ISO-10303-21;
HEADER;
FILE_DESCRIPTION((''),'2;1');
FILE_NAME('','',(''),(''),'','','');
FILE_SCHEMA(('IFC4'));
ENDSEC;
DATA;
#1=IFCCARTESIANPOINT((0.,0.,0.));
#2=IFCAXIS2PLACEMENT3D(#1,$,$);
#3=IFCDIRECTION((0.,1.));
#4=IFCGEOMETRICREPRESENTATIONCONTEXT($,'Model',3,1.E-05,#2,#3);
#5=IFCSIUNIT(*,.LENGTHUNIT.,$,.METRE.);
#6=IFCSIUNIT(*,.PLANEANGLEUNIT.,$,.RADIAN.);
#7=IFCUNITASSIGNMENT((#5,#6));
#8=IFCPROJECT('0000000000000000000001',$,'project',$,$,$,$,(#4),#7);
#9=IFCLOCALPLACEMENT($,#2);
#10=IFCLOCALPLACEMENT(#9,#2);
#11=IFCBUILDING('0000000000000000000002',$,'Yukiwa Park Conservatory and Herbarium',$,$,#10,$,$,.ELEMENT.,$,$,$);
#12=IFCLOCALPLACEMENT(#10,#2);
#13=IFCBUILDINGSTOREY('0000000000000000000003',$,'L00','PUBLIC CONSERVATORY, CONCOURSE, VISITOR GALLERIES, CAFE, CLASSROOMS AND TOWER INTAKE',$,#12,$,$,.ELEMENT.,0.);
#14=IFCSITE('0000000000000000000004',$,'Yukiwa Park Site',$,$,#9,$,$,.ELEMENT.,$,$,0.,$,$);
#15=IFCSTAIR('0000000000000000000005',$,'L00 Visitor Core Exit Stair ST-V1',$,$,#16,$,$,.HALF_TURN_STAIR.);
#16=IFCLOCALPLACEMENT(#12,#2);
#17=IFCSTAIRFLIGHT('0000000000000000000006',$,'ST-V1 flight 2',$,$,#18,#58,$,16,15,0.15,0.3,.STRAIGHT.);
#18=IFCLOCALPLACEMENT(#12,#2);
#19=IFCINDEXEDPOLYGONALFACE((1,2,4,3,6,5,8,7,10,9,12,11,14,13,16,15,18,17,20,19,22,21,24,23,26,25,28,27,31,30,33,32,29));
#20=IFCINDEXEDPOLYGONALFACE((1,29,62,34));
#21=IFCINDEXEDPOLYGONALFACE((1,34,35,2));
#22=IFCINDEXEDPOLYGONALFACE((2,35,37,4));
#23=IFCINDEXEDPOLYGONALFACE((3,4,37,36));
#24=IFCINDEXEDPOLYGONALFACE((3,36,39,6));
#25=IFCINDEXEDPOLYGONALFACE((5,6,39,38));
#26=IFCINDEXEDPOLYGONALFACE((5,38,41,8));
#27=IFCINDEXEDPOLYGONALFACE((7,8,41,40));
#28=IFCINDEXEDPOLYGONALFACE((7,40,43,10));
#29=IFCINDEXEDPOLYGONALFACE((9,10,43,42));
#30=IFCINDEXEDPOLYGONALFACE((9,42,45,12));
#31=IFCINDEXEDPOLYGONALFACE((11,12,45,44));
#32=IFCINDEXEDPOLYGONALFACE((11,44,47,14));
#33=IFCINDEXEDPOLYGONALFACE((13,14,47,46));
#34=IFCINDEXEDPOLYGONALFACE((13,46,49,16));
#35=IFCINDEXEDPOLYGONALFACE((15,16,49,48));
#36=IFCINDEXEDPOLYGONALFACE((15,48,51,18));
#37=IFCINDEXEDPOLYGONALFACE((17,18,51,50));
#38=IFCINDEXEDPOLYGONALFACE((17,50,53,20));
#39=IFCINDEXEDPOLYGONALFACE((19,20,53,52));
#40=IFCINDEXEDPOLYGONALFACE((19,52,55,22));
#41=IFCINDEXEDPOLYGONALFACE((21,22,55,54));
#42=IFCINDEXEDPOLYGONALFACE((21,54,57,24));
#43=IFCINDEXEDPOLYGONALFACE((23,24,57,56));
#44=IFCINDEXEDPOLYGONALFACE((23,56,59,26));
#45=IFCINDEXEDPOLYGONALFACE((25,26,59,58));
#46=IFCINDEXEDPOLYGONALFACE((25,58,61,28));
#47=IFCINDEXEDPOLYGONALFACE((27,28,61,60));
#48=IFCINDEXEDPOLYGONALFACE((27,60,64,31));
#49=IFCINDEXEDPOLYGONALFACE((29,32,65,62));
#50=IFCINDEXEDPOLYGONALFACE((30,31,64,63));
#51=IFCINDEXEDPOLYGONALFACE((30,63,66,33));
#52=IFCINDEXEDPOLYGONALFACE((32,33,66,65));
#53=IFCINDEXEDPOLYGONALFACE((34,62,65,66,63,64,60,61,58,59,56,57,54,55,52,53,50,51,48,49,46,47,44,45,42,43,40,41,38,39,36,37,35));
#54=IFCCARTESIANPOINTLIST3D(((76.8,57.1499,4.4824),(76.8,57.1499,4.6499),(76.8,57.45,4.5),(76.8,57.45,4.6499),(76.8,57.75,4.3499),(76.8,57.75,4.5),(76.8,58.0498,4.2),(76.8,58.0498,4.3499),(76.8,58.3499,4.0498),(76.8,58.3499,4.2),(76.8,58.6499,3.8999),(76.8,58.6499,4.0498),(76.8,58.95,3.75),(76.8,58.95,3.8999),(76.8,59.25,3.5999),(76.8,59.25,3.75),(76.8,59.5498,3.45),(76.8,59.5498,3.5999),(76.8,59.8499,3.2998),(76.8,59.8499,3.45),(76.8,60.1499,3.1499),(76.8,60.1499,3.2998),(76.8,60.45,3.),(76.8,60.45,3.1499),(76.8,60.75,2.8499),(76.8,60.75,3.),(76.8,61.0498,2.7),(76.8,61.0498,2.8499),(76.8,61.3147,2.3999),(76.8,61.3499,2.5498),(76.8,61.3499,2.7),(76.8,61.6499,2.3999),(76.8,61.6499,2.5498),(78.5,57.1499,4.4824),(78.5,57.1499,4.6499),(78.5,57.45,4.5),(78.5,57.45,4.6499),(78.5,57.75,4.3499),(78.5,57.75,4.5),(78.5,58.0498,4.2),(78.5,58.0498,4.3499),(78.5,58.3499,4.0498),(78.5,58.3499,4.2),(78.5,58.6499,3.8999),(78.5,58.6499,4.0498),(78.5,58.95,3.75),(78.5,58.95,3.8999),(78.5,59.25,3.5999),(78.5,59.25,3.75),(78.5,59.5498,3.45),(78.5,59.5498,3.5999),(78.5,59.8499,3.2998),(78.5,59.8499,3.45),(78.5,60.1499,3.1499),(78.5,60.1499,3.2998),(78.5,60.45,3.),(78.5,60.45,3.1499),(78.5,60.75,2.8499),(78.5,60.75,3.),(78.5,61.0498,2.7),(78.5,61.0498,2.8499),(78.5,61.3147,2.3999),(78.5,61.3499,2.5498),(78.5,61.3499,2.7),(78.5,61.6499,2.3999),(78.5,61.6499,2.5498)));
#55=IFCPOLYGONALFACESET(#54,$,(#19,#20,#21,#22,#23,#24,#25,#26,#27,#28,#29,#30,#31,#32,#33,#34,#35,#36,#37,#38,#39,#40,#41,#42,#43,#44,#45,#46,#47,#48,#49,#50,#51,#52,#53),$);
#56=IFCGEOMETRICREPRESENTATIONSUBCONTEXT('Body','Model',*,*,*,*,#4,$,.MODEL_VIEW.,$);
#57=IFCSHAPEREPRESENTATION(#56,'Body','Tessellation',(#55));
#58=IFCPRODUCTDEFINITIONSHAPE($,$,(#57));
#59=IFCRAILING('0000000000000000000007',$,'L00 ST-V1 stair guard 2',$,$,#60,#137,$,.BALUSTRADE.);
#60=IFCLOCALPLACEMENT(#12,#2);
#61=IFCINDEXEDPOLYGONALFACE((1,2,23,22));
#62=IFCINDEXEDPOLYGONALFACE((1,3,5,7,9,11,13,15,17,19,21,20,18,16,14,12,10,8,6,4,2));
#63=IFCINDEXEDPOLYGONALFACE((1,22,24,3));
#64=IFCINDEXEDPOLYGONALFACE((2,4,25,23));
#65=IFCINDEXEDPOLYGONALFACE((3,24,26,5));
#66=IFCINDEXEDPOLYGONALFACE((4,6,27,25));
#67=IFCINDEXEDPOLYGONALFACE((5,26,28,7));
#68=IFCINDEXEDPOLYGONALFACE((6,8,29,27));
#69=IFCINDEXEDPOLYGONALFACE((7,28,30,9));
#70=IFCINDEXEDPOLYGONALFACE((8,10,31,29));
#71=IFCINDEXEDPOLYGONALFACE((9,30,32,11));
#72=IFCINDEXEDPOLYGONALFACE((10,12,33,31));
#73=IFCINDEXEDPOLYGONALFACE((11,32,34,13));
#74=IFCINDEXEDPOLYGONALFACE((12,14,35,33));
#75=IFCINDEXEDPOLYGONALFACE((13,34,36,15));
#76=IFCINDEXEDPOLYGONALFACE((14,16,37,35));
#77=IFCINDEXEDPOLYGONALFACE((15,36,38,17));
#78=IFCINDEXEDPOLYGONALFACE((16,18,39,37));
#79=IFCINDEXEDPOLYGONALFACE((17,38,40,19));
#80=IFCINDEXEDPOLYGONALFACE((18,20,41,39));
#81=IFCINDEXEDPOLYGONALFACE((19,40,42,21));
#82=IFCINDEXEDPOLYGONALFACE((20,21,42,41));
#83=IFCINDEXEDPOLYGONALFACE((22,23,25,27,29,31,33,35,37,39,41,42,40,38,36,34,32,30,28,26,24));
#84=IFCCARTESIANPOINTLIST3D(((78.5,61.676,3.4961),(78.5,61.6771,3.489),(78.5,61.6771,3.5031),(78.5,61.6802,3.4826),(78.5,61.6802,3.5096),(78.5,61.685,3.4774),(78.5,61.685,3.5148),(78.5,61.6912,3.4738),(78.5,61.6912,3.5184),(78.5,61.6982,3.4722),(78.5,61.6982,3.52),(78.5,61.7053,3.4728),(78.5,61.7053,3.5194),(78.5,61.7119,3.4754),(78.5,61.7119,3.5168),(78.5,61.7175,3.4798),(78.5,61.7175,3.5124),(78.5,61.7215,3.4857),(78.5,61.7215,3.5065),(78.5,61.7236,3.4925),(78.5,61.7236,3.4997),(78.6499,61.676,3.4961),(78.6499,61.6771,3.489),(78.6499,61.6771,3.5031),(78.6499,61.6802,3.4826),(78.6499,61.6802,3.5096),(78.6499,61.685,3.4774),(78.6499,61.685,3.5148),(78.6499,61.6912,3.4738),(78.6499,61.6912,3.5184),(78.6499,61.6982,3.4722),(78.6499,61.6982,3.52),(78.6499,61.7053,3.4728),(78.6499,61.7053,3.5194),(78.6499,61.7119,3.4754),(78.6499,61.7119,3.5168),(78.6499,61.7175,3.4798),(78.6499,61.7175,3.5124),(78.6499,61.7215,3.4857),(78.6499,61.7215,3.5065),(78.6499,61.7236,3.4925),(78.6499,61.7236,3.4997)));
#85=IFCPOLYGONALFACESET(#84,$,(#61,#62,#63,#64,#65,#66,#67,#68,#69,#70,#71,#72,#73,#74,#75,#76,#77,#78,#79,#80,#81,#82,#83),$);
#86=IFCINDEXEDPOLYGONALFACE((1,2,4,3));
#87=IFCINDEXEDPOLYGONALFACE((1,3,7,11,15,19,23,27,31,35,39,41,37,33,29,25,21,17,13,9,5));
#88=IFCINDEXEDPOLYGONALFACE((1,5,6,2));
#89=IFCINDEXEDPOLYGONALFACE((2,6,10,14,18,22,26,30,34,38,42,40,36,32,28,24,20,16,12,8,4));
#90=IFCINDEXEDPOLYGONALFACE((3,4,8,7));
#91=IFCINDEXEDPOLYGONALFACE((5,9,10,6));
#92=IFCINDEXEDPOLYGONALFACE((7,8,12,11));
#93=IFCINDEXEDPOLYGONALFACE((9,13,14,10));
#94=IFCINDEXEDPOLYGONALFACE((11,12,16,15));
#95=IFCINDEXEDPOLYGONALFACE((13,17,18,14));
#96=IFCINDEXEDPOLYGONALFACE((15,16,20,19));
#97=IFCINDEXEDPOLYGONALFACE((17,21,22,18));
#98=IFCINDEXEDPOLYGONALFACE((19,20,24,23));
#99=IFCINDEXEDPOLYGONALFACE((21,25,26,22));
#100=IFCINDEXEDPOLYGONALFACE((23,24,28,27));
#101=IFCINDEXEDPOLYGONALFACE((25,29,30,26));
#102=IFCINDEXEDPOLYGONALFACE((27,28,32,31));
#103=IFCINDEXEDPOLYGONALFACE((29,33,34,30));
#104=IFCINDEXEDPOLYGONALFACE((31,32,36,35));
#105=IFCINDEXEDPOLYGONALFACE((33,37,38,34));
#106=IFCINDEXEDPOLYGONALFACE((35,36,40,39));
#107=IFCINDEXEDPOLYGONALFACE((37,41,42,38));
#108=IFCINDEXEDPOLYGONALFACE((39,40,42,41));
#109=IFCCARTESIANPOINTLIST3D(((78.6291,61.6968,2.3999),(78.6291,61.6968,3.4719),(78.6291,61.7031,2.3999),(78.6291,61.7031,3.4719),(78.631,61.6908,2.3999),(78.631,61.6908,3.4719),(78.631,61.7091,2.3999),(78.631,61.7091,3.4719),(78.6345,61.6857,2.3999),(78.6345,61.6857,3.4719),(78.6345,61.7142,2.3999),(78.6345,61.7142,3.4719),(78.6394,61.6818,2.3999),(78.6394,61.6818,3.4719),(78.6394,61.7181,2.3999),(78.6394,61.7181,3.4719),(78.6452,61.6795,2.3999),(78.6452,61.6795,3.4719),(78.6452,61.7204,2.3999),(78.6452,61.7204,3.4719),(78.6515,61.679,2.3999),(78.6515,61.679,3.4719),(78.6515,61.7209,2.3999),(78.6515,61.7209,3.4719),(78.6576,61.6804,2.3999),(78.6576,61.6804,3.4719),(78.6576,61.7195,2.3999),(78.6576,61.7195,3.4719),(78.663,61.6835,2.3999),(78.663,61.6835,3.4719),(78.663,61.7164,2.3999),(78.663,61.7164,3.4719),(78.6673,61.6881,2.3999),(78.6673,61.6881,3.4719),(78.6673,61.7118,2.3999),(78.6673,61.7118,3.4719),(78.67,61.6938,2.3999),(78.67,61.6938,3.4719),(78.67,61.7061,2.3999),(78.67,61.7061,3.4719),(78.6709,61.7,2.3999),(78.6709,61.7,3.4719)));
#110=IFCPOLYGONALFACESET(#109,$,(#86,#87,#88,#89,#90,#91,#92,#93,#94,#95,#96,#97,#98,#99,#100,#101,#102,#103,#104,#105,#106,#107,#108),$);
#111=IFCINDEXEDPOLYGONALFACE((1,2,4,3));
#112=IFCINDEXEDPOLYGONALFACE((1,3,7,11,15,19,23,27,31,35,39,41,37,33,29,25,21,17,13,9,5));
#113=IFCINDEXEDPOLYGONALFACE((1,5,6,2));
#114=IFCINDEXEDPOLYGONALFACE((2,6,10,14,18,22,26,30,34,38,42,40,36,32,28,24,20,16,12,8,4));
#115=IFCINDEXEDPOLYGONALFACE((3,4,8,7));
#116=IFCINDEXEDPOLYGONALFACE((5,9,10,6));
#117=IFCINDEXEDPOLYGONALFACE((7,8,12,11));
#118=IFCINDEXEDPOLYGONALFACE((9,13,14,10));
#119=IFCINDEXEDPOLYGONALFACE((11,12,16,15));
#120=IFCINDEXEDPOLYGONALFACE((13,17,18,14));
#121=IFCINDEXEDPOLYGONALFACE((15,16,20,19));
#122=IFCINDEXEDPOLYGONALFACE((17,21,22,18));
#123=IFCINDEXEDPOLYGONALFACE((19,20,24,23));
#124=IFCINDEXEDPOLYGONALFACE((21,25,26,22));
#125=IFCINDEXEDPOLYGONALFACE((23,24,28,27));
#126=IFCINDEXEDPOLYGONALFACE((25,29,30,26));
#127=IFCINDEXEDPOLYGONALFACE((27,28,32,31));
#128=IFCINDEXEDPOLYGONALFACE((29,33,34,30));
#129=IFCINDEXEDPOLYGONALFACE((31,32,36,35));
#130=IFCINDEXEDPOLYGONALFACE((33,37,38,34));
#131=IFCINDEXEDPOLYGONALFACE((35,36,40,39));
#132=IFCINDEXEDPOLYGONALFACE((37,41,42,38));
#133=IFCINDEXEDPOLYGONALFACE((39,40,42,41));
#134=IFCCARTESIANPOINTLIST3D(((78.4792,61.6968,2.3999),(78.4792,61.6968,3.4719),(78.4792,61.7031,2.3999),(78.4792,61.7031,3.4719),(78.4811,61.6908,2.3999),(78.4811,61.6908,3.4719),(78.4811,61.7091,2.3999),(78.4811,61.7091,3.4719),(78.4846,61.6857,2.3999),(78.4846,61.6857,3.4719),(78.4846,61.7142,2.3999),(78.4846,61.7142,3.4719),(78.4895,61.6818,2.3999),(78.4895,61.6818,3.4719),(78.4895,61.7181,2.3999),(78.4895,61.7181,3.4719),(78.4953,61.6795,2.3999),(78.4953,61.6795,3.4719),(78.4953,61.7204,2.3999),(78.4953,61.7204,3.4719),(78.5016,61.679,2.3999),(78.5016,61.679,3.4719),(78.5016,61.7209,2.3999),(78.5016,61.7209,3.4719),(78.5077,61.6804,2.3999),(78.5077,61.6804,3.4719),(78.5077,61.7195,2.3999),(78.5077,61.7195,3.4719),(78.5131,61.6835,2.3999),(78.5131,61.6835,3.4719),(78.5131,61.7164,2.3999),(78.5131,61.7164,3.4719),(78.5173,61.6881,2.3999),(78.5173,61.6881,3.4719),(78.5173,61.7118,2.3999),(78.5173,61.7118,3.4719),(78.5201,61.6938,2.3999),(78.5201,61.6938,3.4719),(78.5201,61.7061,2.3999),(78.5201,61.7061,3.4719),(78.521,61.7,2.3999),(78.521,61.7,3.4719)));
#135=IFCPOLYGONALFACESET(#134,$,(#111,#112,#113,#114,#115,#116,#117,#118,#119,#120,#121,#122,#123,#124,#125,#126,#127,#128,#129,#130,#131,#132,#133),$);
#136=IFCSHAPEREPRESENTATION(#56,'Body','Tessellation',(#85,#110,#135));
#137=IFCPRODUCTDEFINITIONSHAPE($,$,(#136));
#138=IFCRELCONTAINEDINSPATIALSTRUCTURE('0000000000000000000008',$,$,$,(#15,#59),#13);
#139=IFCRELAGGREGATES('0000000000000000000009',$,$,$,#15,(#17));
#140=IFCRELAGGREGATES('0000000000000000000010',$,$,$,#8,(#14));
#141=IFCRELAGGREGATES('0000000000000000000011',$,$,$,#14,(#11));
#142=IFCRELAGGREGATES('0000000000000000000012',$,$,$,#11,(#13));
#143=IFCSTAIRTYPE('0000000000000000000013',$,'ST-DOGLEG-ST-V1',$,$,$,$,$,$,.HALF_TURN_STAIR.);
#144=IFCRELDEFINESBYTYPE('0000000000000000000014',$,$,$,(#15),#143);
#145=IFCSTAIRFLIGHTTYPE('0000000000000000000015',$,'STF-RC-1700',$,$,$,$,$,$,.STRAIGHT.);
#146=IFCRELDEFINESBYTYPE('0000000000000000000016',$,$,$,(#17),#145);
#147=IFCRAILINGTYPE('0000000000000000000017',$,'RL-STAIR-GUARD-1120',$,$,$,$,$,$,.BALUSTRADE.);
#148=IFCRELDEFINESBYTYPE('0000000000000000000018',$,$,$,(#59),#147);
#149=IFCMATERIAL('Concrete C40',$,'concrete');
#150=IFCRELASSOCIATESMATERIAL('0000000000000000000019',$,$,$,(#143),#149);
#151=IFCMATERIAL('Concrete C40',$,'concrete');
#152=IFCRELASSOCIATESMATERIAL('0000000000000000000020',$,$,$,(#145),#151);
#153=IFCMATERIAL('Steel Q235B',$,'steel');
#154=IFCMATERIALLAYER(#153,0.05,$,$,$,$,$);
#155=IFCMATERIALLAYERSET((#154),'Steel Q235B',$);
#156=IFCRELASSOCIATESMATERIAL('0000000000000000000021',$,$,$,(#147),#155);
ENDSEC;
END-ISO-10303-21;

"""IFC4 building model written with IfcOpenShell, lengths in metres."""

from ifc_helpers import new_model, si_unit, direction, frame, origin, origin_2d, place, context, subcontext, project, spatial, polyline, circle, outline, extrude, material, layer, layer_set, type_object, element, aggregate, save


model = new_model("IFC4")

# Units and contexts
model_context = context("Model", 3, precision=1e-05, world=origin(), true_north=direction((0.0, 1.0)))
body_context = subcontext(model_context, "Body", "Model", "MODEL_VIEW")
ifc_project = project(units=[si_unit("LENGTHUNIT", "METRE"), si_unit("PLANEANGLEUNIT", "RADIAN")], contexts=[model_context])

# Site, building, storey
site_placement = place(None, origin())
site = spatial("IfcSite", under=ifc_project, at=site_placement, Name="Yukiwa Park Site", CompositionType="ELEMENT", RefElevation=0.0)
building_placement = place(site_placement, origin())
building = spatial("IfcBuilding", under=site, at=building_placement, Name="Yukiwa Park Conservatory and Herbarium", CompositionType="ELEMENT")
storey_placement = place(building_placement, origin())
storey = spatial("IfcBuildingStorey", under=building, at=storey_placement, Name="L00", Description="PUBLIC CONSERVATORY, CONCOURSE, VISITOR GALLERIES, CAFE, CLASSROOMS AND TOWER INTAKE", CompositionType="ELEMENT", Elevation=0.0)

# Stair, stair flight
ifc_material_1 = material(Name="Concrete C40", Category="concrete")
stair_type = type_object("IfcStairType", Name="ST-DOGLEG-ST-V1", PredefinedType="HALF_TURN_STAIR", material=ifc_material_1)
stair_placement = place(storey_placement, origin())
stair = element("IfcStair", 1, at=stair_placement, inside=storey, type_object=stair_type, Name="L00 Visitor Core Exit Stair ST-V1", PredefinedType="HALF_TURN_STAIR")
ifc_material_2 = material(Name="Concrete C40", Category="concrete")
stair_flight_type = type_object("IfcStairFlightType", Name="STF-RC-1700", PredefinedType="STRAIGHT", material=ifc_material_2)
stair_flight_placement = place(storey_placement, frame((77.6499, 61.6499, 2.3999), z_axis=(0.0, 0.0, 1.0), x_axis=(0.0, -1.0, 0.0)))
stair_flight = element("IfcStairFlight", 2, at=stair_flight_placement, type_object=stair_flight_type, Name="ST-V1 flight 2", NumberOfRisers=16, NumberOfTreads=15, PredefinedType="STRAIGHT", RiserHeight=0.15, TreadLength=0.3, context=body_context, shape_type="SweptSolid", body=[
    extrude(outline(polyline([(0.0, 0.0), (0.0, 0.1499), (0.3, 0.1499), (0.3, 0.3), (0.6001, 0.3), (0.6001, 0.45), (0.8999, 0.45), (0.8999, 0.6001), (1.2, 0.6001), (1.2, 0.75), (1.5, 0.75), (1.5, 0.8999), (1.8, 0.8999), (1.8, 1.05), (2.1001, 1.05), (2.1001, 1.2), (2.3999, 1.2), (2.3999, 1.3501), (2.7, 1.3501), (2.7, 1.5), (3.0, 1.5), (3.0, 1.6499), (3.3, 1.6499), (3.3, 1.8), (3.6001, 1.8), (3.6001, 1.95), (3.8999, 1.95), (3.8999, 2.1001), (4.2, 2.1001), (4.2, 2.25), (4.5, 2.25), (4.5, 2.3999), (4.5, 2.0825), (0.3352, 0.0), (0.0, 0.0)])), frame((0.0, 0.8501, 0.0), z_axis=(0.0, -1.0, 0.0), x_axis=(1.0, 0.0, 0.0)), (0.0, 0.0, 1.0), 1.7),
])
aggregate(stair, [stair_flight])

# Railing
ifc_material_3 = material(Name="Steel Q235B", Category="steel")
ifc_layer_1 = layer(ifc_material_3, 0.05)
ifc_layer_set_1 = layer_set([ifc_layer_1], Name="Steel Q235B")
railing_type_1 = type_object("IfcRailingType", Name="RL-STAIR-GUARD-1120", PredefinedType="BALUSTRADE", material=ifc_layer_set_1)
railing_1_placement = place(storey_placement, frame((78.6499, 61.7, 2.3999)))
element("IfcRailing", 3, at=railing_1_placement, inside=storey, type_object=railing_type_1, Name="L00 ST-V1 stair guard 2", PredefinedType="BALUSTRADE", context=body_context, shape_type="SweptSolid", body=[
    extrude(circle(Radius=0.0239, at=origin_2d()), frame((0.0, 0.0, 1.0962), z_axis=(-1.0, 0.0, 0.0), x_axis=(0.0, -1.0, 0.0)), (0.0, 0.0, 1.0), 0.1499),
    extrude(circle(Radius=0.021, at=origin_2d()), origin(), (0.0, 0.0, 1.0), 1.072),
    extrude(circle(Radius=0.021, at=origin_2d()), frame((-0.1499, 0.0, 0.0)), (0.0, 0.0, 1.0), 1.072),
])

save(model, "model.ifc")
